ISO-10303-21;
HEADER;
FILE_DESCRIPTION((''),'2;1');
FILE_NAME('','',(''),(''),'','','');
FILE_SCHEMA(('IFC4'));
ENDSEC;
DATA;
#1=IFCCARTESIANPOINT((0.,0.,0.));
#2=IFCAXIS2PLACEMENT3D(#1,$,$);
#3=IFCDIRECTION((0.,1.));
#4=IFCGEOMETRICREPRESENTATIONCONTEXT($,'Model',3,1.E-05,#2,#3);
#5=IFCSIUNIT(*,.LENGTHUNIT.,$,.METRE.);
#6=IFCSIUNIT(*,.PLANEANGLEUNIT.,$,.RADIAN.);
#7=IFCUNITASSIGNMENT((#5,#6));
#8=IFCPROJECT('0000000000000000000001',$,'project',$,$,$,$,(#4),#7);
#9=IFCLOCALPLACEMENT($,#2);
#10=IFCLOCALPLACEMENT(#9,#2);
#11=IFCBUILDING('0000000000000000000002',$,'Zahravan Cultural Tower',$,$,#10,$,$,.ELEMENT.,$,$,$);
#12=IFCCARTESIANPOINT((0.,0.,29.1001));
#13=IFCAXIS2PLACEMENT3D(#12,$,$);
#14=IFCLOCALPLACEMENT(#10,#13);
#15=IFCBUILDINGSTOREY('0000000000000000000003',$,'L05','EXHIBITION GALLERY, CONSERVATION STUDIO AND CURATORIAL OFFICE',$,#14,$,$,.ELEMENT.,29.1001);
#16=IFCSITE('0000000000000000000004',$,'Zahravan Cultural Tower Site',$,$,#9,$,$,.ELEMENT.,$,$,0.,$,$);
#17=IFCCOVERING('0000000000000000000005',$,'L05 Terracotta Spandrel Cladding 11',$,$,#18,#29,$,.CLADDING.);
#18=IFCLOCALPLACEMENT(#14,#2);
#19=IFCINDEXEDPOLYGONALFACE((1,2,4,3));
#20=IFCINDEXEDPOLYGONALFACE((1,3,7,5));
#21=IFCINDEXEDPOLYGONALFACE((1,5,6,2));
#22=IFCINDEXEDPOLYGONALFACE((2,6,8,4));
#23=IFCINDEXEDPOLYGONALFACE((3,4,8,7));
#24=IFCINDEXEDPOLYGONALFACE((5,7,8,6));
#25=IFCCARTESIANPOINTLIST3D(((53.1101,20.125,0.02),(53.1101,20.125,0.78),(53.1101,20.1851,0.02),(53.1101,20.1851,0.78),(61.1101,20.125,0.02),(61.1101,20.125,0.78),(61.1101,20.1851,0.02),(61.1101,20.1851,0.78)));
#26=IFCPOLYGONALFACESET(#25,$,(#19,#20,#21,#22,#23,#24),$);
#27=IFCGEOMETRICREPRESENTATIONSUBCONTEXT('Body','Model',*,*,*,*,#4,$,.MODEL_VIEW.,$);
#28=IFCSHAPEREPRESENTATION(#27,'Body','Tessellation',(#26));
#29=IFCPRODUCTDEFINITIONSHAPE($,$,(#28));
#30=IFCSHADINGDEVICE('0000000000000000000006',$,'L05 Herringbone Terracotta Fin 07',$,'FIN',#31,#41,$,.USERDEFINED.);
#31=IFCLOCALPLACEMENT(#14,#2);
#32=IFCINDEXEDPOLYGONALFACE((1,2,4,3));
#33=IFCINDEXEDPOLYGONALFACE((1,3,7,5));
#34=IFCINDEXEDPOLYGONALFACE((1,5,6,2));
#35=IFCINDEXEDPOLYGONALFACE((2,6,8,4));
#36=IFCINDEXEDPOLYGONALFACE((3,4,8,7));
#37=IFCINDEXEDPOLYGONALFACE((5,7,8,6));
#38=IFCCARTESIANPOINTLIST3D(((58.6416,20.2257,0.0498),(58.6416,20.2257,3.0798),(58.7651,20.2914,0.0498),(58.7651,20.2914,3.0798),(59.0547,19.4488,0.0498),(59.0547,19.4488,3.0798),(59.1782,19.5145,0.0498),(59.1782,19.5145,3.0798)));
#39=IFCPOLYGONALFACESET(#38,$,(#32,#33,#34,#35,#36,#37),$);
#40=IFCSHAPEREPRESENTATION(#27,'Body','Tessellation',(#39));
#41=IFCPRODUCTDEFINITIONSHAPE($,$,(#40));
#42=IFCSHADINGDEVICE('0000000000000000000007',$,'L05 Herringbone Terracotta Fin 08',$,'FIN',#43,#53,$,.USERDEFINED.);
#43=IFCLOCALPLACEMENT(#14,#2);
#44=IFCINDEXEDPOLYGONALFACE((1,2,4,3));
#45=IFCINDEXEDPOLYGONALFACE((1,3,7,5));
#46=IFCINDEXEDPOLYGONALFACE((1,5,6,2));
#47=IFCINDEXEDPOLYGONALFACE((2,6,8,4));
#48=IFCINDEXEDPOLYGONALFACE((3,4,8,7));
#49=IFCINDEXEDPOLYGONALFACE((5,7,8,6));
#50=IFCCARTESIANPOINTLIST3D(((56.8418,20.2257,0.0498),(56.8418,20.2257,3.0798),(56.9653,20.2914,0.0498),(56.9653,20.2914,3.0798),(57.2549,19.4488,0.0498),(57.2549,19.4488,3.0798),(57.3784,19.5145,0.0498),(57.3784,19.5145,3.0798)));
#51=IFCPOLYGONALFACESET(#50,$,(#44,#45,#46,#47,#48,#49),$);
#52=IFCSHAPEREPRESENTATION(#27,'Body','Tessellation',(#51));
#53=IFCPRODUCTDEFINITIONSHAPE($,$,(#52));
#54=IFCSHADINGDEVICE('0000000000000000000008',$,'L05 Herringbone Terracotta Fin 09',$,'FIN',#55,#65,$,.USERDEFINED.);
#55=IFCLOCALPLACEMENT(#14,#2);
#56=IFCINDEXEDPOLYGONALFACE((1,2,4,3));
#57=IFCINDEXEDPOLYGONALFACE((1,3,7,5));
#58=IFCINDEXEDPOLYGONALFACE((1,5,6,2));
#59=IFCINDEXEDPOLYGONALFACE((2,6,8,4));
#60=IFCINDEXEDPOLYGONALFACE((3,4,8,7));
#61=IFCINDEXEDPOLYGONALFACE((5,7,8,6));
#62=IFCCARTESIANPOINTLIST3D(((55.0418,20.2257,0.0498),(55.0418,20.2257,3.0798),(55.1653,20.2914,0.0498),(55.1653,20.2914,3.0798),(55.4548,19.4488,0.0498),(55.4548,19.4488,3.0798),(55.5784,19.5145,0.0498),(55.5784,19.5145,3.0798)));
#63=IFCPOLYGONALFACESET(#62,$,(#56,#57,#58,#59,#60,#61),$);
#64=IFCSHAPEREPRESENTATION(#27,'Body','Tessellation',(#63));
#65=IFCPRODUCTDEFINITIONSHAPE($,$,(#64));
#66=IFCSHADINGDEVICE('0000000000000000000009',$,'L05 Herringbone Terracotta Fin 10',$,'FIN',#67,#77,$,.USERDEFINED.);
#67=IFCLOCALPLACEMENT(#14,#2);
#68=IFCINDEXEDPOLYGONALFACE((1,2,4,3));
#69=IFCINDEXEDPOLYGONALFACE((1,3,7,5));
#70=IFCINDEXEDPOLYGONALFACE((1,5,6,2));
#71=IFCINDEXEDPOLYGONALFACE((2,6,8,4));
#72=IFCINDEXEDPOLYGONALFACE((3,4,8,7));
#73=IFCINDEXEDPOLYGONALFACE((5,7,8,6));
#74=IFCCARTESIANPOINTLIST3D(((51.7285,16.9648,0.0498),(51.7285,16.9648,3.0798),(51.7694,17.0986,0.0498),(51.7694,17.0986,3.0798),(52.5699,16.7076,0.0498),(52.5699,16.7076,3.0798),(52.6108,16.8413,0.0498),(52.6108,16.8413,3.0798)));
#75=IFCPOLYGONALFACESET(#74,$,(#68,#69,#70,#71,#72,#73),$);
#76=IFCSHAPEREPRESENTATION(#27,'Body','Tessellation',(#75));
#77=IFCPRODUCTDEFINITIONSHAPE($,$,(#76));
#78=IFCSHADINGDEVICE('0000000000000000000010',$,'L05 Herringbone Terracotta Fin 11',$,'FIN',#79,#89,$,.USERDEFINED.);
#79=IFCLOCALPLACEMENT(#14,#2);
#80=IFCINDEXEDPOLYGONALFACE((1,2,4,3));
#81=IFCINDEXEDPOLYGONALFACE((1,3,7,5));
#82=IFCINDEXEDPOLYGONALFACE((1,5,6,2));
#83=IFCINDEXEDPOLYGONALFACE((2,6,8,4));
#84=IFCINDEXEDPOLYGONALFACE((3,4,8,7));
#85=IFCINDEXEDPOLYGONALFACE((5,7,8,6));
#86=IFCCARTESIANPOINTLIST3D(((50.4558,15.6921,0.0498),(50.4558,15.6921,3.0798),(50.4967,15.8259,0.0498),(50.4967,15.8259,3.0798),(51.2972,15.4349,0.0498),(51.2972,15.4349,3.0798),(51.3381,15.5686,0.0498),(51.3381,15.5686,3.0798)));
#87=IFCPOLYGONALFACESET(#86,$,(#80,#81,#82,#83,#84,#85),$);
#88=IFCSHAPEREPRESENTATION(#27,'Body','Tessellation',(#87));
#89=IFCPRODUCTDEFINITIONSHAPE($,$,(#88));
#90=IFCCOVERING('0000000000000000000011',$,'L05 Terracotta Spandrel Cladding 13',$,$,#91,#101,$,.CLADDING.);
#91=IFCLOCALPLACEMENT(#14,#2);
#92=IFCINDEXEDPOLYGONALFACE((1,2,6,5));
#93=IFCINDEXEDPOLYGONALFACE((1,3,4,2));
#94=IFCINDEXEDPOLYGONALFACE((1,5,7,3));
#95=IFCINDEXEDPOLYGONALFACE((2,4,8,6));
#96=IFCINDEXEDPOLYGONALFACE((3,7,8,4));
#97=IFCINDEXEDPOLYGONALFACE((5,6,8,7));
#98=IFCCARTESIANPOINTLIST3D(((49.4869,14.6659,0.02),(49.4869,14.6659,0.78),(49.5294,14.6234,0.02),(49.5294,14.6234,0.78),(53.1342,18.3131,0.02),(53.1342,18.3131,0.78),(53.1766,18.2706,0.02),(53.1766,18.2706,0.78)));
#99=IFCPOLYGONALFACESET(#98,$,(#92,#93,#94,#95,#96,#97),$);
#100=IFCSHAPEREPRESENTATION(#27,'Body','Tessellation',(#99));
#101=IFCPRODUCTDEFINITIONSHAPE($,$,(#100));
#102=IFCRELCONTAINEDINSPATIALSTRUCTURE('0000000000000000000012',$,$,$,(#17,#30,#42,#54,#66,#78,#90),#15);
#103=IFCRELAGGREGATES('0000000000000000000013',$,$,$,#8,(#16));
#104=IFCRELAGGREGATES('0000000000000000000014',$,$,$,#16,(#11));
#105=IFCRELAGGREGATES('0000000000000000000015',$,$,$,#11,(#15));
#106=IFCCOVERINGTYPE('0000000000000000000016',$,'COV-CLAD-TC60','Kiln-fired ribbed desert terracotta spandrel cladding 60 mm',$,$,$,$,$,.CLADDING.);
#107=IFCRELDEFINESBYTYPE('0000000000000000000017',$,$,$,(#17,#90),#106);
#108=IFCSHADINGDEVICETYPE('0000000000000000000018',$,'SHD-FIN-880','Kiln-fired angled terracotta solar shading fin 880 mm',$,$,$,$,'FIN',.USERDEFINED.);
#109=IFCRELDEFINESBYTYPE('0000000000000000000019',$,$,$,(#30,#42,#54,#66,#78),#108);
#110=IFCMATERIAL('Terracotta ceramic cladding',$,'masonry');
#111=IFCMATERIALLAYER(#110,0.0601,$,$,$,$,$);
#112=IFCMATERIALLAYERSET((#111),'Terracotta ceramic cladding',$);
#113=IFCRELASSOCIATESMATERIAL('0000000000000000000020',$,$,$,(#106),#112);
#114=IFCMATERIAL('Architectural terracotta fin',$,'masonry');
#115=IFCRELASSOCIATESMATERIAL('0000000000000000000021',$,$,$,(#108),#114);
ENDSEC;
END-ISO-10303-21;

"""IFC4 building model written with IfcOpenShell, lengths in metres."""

from ifc_helpers import new_model, si_unit, direction, frame, origin, origin_2d, place, context, subcontext, project, spatial, rectangle, extrude, source, transform, mapped, material, layer, layer_set, type_object, element, save


model = new_model("IFC4")

# Units and contexts
model_context = context("Model", 3, precision=1e-05, world=origin(), true_north=direction((0.0, 1.0)))
body_context = subcontext(model_context, "Body", "Model", "MODEL_VIEW")
ifc_project = project(units=[si_unit("LENGTHUNIT", "METRE"), si_unit("PLANEANGLEUNIT", "RADIAN")], contexts=[model_context])

# Site, building, storey
site_placement = place(None, origin())
site = spatial("IfcSite", under=ifc_project, at=site_placement, Name="Zahravan Cultural Tower Site", CompositionType="ELEMENT", RefElevation=0.0)
building_placement = place(site_placement, origin())
building = spatial("IfcBuilding", under=site, at=building_placement, Name="Zahravan Cultural Tower", CompositionType="ELEMENT")
storey_placement = place(building_placement, frame((0.0, 0.0, 29.1001)))
storey = spatial("IfcBuildingStorey", under=building, at=storey_placement, Name="L05", Description="EXHIBITION GALLERY, CONSERVATION STUDIO AND CURATORIAL OFFICE", CompositionType="ELEMENT", Elevation=29.1001)

# Covering
ifc_material_1 = material(Name="Terracotta ceramic cladding", Category="masonry")
ifc_layer_1 = layer(ifc_material_1, 0.0601)
ifc_layer_set_1 = layer_set([ifc_layer_1], Name="Terracotta ceramic cladding")
covering_type = type_object("IfcCoveringType", Name="COV-CLAD-TC60", Description="Kiln-fired ribbed desert terracotta spandrel cladding 60 mm", PredefinedType="CLADDING", material=ifc_layer_set_1)
shared_shape_1 = source(origin(), body_context, "Body", "SweptSolid", [
    extrude(rectangle(XDim=8.0, YDim=0.0601, at=origin_2d()), origin(), (0.0, 0.0, 1.0), 0.76),
])
covering_1_placement = place(storey_placement, frame((57.1101, 20.155, 0.02), z_axis=(0.0, 0.0, 1.0), x_axis=(-1.0, 0.0, 0.0)))
element("IfcCovering", 1, at=covering_1_placement, inside=storey, type_object=covering_type, Name="L05 Terracotta Spandrel Cladding 11", PredefinedType="CLADDING", context=body_context, shape_type="MappedRepresentation", body=[
    mapped(shared_shape_1, transform((0.0, 0.0, 0.0), x_axis=(1.0, 0.0, 0.0), y_axis=(0.0, 1.0, 0.0), z_axis=(0.0, 0.0, 1.0), scale=1.0)),
])

# Shading devices
ifc_material_2 = material(Name="Architectural terracotta fin", Category="masonry")
shading_device_type = type_object("IfcShadingDeviceType", Name="SHD-FIN-880", Description="Kiln-fired angled terracotta solar shading fin 880 mm", ElementType="FIN", PredefinedType="USERDEFINED", material=ifc_material_2)
shared_shape_2 = source(origin(), body_context, "Body", "SweptSolid", [
    extrude(rectangle(XDim=0.8799, YDim=0.1399, at=origin_2d()), origin(), (0.0, 0.0, 1.0), 3.03),
])
for number, where, z_axis, x_axis, name in (
    (2, (58.9099, 19.8701, 0.0498), (0.0, 0.0, 1.0), (0.469472, -0.882948, 0.0), "L05 Herringbone Terracotta Fin 07"),
    (3, (57.1101, 19.8701, 0.0498), (0.0, 0.0, 1.0), (0.469472, -0.882948, 0.0), "L05 Herringbone Terracotta Fin 08"),
    (4, (55.3101, 19.8701, 0.0498), (0.0, 0.0, 1.0), (0.469472, -0.882948, 0.0), "L05 Herringbone Terracotta Fin 09"),
    (5, (52.1697, 16.9031, 0.0498), (0.0, 0.0, 1.0), (0.956305, -0.292372, 0.0), "L05 Herringbone Terracotta Fin 10"),
    (6, (50.897, 15.6304, 0.0498), (0.0, 0.0, 1.0), (0.956305, -0.292372, 0.0), "L05 Herringbone Terracotta Fin 11"),
):
    element("IfcShadingDevice", number, at=place(storey_placement, frame(where, z_axis=z_axis, x_axis=x_axis)), inside=storey, type_object=shading_device_type, Name=name, ObjectType="FIN", PredefinedType="USERDEFINED", context=body_context, shape_type="MappedRepresentation", body=[
        mapped(shared_shape_2, transform((0.0, 0.0, 0.0), x_axis=(1.0, 0.0, 0.0), y_axis=(0.0, 1.0, 0.0), z_axis=(0.0, 0.0, 1.0), scale=1.0)),
    ])

# Covering
shared_shape_3 = source(origin(), body_context, "Body", "SweptSolid", [
    extrude(rectangle(XDim=5.158, YDim=0.0601, at=origin_2d()), origin(), (0.0, 0.0, 1.0), 0.76),
])
covering_2_placement = place(storey_placement, frame((51.3318, 16.4683, 0.02), z_axis=(0.0, 0.0, 1.0), x_axis=(-0.707107, -0.707107, 0.0)))
element("IfcCovering", 7, at=covering_2_placement, inside=storey, type_object=covering_type, Name="L05 Terracotta Spandrel Cladding 13", PredefinedType="CLADDING", context=body_context, shape_type="MappedRepresentation", body=[
    mapped(shared_shape_3, transform((0.0, 0.0, 0.0), x_axis=(1.0, 0.0, 0.0), y_axis=(0.0, 1.0, 0.0), z_axis=(0.0, 0.0, 1.0), scale=1.0)),
])

save(model, "model.ifc")
